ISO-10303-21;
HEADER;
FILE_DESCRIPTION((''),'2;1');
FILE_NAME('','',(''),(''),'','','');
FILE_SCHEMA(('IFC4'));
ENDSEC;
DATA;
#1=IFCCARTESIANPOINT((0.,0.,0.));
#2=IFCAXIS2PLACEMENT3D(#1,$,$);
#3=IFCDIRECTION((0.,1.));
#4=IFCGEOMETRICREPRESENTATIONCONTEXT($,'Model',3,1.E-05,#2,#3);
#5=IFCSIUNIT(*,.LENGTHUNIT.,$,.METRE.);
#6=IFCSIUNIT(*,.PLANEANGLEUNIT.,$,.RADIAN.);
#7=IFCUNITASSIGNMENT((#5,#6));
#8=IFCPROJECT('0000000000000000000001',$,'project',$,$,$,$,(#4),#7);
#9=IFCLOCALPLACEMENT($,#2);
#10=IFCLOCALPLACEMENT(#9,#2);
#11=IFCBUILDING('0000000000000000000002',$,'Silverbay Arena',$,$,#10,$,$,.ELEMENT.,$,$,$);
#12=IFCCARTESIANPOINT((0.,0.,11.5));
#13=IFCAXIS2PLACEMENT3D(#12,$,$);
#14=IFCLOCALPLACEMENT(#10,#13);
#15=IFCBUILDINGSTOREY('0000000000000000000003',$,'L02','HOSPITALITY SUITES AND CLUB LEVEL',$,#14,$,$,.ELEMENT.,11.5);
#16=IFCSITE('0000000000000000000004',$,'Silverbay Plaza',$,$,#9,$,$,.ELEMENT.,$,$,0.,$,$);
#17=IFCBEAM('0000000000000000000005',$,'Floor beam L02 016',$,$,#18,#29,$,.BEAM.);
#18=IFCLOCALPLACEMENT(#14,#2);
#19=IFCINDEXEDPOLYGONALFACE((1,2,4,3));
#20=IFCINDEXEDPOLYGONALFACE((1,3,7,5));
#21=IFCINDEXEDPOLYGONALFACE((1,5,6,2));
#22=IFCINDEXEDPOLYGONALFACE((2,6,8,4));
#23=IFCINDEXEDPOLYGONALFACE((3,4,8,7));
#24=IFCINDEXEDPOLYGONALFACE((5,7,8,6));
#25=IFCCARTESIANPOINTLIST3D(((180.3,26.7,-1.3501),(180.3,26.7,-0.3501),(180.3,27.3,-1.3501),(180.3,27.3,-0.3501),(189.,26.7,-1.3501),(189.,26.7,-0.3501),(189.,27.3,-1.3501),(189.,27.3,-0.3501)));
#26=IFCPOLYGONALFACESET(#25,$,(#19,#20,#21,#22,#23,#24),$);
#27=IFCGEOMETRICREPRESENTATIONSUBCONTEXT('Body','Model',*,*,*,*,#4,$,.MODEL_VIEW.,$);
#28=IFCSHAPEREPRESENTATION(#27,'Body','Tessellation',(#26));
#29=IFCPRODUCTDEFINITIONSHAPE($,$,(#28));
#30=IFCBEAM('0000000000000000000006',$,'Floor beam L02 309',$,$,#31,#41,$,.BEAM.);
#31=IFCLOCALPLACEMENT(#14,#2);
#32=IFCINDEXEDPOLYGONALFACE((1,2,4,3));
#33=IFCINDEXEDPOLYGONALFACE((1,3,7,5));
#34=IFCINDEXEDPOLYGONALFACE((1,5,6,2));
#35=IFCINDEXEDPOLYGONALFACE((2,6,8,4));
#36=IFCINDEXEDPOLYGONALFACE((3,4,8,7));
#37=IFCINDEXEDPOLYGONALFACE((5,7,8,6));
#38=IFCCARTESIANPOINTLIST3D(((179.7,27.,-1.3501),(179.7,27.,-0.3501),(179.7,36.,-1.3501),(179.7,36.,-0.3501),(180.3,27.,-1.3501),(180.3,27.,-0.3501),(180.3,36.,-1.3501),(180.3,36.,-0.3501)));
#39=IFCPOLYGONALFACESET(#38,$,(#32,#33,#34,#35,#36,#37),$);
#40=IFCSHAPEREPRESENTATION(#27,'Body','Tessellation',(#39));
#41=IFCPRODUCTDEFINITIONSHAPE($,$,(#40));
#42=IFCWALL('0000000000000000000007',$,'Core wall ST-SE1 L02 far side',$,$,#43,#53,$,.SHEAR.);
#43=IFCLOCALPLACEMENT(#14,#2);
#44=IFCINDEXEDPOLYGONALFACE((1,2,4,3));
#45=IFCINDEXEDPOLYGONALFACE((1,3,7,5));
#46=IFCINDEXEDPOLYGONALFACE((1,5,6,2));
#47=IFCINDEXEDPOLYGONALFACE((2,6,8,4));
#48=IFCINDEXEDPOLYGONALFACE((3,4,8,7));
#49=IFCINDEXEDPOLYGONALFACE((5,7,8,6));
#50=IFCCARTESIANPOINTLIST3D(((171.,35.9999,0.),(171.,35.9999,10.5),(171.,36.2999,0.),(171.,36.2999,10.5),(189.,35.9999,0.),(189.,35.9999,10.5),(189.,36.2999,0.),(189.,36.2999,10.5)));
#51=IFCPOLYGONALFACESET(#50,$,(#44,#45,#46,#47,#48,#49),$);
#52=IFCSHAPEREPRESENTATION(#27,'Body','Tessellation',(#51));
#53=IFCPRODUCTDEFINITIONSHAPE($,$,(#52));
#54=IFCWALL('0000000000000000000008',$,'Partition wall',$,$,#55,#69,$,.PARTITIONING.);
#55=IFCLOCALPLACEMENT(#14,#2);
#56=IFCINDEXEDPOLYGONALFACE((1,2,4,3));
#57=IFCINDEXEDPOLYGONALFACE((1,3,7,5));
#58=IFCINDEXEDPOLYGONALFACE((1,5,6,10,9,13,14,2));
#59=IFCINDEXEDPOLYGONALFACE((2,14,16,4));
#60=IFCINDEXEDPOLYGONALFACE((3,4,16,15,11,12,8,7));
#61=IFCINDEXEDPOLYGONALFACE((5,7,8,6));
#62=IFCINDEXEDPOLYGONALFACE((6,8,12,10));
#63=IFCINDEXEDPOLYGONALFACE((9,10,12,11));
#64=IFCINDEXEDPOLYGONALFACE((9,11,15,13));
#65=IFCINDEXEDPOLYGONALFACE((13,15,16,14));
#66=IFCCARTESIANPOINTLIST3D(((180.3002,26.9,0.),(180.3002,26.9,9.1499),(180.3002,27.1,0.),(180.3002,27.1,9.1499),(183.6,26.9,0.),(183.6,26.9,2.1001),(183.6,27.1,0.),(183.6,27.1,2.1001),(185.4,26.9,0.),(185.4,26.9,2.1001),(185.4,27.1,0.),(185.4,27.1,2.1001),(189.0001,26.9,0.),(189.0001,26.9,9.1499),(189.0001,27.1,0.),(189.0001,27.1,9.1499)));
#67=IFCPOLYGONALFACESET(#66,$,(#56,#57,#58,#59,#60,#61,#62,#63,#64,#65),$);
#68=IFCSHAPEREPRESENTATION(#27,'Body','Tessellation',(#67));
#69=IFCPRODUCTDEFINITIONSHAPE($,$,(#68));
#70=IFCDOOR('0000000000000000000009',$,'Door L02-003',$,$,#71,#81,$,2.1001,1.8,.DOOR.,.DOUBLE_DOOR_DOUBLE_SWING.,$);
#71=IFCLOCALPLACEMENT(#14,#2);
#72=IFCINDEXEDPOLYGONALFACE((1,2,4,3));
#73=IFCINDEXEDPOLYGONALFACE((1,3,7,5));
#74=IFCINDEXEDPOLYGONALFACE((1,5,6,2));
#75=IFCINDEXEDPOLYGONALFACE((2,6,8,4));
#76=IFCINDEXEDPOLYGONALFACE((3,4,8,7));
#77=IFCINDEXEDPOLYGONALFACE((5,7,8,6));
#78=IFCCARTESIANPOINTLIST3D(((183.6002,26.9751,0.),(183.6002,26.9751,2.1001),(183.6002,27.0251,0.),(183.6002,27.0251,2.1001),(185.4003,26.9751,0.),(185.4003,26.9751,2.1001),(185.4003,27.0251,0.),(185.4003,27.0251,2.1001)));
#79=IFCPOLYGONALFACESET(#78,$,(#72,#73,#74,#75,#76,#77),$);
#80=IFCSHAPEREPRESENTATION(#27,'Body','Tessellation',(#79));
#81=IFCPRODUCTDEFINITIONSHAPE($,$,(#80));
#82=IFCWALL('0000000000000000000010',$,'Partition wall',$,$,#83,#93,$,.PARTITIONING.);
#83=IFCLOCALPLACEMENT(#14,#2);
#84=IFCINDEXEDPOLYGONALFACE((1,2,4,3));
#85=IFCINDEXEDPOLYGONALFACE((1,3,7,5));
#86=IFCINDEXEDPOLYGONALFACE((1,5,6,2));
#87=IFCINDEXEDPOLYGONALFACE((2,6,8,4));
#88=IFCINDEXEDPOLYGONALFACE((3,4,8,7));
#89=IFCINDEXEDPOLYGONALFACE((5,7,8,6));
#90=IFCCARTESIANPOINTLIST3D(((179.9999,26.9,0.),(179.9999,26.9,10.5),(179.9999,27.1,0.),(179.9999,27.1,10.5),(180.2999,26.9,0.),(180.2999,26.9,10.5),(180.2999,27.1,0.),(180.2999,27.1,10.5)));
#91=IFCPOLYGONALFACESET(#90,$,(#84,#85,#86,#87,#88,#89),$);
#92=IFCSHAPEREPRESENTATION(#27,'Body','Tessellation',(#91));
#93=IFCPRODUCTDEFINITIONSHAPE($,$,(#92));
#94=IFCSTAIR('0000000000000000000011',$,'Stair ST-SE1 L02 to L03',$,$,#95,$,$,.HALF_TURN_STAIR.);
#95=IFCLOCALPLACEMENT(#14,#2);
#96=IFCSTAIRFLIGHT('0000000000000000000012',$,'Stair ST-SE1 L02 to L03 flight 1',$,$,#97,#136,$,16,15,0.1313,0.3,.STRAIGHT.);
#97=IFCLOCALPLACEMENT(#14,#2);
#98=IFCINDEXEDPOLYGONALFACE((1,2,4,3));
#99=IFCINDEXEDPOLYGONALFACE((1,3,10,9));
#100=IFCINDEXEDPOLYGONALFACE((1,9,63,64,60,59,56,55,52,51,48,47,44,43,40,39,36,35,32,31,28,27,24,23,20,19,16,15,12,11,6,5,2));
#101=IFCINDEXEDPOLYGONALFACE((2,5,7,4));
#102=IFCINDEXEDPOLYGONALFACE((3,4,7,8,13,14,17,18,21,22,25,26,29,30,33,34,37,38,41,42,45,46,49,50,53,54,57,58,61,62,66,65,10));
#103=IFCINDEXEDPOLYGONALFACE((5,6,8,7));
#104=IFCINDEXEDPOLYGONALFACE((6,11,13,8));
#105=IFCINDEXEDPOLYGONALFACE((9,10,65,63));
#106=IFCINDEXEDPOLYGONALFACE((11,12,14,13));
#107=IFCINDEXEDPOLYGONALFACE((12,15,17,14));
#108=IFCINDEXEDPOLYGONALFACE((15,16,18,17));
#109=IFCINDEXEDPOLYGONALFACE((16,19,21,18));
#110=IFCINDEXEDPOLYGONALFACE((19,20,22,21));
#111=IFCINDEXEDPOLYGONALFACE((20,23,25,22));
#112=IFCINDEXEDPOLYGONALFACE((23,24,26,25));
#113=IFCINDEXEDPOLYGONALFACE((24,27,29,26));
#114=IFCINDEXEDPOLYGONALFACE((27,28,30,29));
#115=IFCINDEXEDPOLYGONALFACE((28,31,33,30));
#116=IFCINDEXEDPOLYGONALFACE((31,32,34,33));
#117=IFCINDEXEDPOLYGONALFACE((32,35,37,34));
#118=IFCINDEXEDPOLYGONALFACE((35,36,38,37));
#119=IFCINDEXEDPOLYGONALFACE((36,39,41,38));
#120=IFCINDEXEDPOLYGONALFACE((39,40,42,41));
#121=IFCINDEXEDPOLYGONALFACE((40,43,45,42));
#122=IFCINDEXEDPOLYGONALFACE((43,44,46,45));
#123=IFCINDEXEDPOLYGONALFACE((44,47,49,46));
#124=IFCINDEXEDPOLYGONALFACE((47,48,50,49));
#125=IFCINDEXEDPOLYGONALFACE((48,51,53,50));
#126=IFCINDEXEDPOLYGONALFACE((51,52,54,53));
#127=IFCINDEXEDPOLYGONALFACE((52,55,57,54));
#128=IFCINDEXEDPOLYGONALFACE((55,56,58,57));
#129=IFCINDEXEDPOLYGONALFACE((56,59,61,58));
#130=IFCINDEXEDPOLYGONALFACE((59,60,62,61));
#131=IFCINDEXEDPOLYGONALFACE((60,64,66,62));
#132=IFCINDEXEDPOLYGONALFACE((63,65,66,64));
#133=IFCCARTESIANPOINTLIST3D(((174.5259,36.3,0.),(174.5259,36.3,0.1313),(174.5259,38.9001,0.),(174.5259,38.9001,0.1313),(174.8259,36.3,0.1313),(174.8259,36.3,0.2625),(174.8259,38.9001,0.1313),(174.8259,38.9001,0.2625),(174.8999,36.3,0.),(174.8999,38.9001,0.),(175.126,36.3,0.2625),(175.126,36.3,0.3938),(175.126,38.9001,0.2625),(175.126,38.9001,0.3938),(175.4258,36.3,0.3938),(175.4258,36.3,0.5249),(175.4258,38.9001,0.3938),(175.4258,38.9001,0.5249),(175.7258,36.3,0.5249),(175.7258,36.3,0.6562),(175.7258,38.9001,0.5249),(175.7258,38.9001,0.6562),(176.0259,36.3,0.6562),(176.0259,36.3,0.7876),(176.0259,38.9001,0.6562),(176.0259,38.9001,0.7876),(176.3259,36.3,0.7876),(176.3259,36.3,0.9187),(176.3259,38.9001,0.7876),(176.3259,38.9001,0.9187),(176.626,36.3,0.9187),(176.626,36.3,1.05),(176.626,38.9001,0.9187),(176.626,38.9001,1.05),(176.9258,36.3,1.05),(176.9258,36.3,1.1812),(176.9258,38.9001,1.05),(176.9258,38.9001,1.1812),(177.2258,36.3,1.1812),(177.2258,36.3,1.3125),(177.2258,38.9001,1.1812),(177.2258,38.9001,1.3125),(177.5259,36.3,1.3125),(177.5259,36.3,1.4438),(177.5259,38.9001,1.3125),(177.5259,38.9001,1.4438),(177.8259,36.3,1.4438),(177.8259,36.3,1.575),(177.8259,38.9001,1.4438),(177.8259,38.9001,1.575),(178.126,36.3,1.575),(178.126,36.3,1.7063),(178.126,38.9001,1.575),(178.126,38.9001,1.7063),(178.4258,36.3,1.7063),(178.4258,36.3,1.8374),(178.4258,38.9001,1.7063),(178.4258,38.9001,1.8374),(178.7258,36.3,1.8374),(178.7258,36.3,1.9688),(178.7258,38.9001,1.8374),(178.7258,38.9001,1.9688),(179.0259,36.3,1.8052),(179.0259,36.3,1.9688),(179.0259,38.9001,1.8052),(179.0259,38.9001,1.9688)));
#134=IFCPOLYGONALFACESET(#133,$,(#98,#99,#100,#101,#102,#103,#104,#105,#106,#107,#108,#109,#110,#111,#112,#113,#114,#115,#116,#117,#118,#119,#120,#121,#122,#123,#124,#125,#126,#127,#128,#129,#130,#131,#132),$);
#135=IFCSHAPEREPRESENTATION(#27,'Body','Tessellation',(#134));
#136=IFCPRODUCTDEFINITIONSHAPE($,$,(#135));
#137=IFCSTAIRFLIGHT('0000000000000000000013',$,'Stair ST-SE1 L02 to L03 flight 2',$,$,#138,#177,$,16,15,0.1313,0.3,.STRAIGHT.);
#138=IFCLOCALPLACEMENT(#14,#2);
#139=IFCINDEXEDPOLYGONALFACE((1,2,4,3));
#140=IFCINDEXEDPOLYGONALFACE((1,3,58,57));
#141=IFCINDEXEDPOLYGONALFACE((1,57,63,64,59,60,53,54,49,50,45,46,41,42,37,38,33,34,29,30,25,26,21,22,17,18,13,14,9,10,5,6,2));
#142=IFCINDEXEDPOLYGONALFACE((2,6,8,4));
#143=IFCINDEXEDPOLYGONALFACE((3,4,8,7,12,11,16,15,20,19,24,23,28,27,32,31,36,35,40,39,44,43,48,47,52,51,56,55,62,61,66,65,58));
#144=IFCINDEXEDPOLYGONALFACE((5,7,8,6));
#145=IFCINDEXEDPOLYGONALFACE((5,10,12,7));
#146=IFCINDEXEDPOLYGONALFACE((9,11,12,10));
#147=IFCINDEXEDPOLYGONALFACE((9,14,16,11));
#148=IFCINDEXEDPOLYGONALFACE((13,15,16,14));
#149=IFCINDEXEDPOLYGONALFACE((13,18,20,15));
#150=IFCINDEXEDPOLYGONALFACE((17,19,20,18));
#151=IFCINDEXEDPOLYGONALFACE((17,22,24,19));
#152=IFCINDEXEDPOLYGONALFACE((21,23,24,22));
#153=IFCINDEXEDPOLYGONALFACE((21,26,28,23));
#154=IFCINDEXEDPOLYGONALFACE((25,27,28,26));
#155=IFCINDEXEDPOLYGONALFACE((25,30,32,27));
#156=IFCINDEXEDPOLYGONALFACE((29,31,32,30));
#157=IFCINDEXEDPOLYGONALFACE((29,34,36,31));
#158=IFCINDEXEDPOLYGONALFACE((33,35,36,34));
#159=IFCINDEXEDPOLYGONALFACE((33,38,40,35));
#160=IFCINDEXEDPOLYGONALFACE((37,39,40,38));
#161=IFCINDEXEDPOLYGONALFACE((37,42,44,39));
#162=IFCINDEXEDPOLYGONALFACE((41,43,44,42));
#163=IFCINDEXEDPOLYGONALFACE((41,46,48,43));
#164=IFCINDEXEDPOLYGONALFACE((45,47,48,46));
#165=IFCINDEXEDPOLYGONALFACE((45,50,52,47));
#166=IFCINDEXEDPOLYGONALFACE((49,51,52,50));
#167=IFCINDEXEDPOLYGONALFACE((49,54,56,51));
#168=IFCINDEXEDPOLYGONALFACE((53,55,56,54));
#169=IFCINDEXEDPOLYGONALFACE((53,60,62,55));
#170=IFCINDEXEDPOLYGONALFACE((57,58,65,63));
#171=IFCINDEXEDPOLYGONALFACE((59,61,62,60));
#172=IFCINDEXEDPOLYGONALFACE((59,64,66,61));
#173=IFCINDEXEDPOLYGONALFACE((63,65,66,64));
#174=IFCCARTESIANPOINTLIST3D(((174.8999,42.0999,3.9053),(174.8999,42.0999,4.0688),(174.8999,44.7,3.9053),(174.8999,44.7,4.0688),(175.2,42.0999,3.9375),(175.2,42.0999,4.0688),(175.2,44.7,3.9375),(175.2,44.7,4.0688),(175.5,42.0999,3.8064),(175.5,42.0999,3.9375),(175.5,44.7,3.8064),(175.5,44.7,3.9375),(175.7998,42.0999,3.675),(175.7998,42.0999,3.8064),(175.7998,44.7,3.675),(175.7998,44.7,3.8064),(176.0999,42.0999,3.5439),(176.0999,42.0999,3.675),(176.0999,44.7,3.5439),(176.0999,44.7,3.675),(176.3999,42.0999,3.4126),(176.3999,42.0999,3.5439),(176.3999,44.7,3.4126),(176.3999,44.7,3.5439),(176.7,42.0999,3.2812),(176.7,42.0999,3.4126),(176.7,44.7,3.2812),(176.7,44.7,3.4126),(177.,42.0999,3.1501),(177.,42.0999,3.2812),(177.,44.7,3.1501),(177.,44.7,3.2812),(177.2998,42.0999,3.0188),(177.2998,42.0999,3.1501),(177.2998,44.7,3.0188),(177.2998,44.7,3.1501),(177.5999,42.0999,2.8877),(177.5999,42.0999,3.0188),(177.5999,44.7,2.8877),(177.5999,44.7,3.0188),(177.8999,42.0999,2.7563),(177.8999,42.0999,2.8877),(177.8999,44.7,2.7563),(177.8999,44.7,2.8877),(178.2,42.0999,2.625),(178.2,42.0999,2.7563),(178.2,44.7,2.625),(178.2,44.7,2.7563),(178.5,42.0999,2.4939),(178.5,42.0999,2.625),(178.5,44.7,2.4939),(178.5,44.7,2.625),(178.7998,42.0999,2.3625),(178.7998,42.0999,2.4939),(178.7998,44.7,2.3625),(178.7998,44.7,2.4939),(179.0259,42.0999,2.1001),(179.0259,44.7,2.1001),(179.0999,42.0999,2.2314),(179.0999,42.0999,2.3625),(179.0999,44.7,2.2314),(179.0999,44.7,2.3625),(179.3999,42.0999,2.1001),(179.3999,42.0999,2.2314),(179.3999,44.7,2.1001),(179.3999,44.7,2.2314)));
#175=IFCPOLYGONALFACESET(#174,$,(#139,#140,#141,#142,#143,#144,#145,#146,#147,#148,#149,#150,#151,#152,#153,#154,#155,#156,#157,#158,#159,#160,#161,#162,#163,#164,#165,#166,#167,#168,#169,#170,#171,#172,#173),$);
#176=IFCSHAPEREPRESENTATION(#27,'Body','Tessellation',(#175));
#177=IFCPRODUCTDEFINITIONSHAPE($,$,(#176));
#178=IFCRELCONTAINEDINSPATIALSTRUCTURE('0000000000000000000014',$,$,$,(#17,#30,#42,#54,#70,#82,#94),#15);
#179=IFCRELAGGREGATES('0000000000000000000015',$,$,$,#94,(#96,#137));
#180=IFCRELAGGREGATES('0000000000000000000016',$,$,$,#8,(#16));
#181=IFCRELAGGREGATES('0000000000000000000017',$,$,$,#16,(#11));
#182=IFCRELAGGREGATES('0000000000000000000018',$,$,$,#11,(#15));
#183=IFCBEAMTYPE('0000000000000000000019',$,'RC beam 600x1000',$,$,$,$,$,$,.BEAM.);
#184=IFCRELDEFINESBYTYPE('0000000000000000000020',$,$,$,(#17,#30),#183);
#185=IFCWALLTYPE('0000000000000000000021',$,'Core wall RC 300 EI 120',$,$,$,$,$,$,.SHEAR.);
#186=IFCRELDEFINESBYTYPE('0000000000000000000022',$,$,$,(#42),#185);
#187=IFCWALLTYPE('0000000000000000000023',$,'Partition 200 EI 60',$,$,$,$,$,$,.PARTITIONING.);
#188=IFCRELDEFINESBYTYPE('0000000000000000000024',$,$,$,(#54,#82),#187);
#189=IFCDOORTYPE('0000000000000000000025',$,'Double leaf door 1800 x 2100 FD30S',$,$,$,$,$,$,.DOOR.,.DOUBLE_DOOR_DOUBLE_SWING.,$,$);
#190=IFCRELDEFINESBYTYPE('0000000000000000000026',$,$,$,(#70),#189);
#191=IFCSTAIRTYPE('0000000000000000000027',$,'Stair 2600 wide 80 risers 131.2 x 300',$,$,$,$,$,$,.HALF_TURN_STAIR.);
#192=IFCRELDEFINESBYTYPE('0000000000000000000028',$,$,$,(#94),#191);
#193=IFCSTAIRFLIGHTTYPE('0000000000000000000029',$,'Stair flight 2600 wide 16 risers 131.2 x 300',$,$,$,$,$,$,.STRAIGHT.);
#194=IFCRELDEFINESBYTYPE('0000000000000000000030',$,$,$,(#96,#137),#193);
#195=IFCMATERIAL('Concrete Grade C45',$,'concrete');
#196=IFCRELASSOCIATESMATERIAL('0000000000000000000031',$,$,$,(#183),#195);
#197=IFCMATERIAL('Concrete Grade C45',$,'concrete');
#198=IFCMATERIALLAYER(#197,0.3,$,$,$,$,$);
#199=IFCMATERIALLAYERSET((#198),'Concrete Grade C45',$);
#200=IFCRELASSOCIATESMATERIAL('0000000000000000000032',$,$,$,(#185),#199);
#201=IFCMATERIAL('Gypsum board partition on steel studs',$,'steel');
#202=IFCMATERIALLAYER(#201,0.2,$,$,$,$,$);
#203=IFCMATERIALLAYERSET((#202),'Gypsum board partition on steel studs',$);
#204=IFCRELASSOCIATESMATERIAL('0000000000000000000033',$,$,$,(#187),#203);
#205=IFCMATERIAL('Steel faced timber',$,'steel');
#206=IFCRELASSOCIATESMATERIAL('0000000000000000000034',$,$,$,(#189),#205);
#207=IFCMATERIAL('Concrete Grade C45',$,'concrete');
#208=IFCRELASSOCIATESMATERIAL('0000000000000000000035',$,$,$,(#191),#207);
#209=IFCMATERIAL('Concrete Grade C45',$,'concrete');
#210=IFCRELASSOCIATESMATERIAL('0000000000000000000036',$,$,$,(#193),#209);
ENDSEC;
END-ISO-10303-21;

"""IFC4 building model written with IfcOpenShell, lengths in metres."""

from ifc_helpers import new_model, si_unit, direction, frame, frame_2d, origin, origin_2d, place, context, subcontext, project, spatial, polyline, rectangle, outline, extrude, material, layer, layer_set, material_profile, profile_set, type_object, element, fill, aggregate, save


model = new_model("IFC4")

# Units and contexts
model_context = context("Model", 3, precision=1e-05, world=origin(), true_north=direction((0.0, 1.0)))
body_context = subcontext(model_context, "Body", "Model", "MODEL_VIEW")
ifc_project = project(units=[si_unit("LENGTHUNIT", "METRE"), si_unit("PLANEANGLEUNIT", "RADIAN")], contexts=[model_context])

# Site, building, storey
site_placement = place(None, origin())
site = spatial("IfcSite", under=ifc_project, at=site_placement, Name="Silverbay Plaza", CompositionType="ELEMENT", RefElevation=0.0)
building_placement = place(site_placement, origin())
building = spatial("IfcBuilding", under=site, at=building_placement, Name="Silverbay Arena", CompositionType="ELEMENT")
storey_placement = place(building_placement, frame((0.0, 0.0, 11.5)))
storey = spatial("IfcBuildingStorey", under=building, at=storey_placement, Name="L02", Description="HOSPITALITY SUITES AND CLUB LEVEL", CompositionType="ELEMENT", Elevation=11.5)

# Beams
ifc_material_1 = material(Name="Concrete Grade C45", Category="concrete")
ifc_material_profile = material_profile(ifc_material_1, rectangle(XDim=0.6001, YDim=1.0, at=origin_2d()), Name="RC 600x1000")
ifc_profile_set = profile_set([ifc_material_profile], Name="Concrete Grade C45")
beam_type = type_object("IfcBeamType", Name="RC beam 600x1000", PredefinedType="BEAM", material=ifc_profile_set)
beam_1_placement = place(storey_placement, frame((180.3, 27.0, -0.8501), z_axis=(1.0, 0.0, 0.0), x_axis=(0.0, 1.0, 0.0)))
element("IfcBeam", 1, at=beam_1_placement, inside=storey, type_object=beam_type, Name="Floor beam L02 016", PredefinedType="BEAM", context=body_context, shape_type="SweptSolid", body=[
    extrude(rectangle(XDim=0.6001, YDim=1.0, at=origin_2d()), origin(), (0.0, 0.0, 1.0), 8.7),
])
beam_2_placement = place(storey_placement, frame((180.0, 27.0, -0.8501), z_axis=(0.0, 1.0, 0.0), x_axis=(-1.0, 0.0, 0.0)))
element("IfcBeam", 2, at=beam_2_placement, inside=storey, type_object=beam_type, Name="Floor beam L02 309", PredefinedType="BEAM", context=body_context, shape_type="SweptSolid", body=[
    extrude(rectangle(XDim=0.6001, YDim=1.0, at=origin_2d()), origin(), (0.0, 0.0, 1.0), 9.0),
])

# Wall
ifc_material_2 = material(Name="Concrete Grade C45", Category="concrete")
ifc_layer_1 = layer(ifc_material_2, 0.3)
ifc_layer_set_1 = layer_set([ifc_layer_1], Name="Concrete Grade C45")
wall_type_1 = type_object("IfcWallType", Name="Core wall RC 300 EI 120", PredefinedType="SHEAR", material=ifc_layer_set_1)
wall_1_placement = place(storey_placement, frame((171.0, 36.1499, 0.0), z_axis=(0.0, 0.0, 1.0), x_axis=(1.0, 0.0, 0.0)))
element("IfcWall", 3, at=wall_1_placement, inside=storey, type_object=wall_type_1, Name="Core wall ST-SE1 L02 far side", PredefinedType="SHEAR", context=body_context, shape_type="SweptSolid", body=[
    extrude(rectangle(XDim=18.0, YDim=0.3, at=frame_2d((9.0, 0.0))), origin(), (0.0, 0.0, 1.0), 10.5),
])

# Wall, opening, door
ifc_material_3 = material(Name="Gypsum board partition on steel studs", Category="steel")
ifc_layer_2 = layer(ifc_material_3, 0.2)
ifc_layer_set_2 = layer_set([ifc_layer_2], Name="Gypsum board partition on steel studs")
wall_type_2 = type_object("IfcWallType", Name="Partition 200 EI 60", PredefinedType="PARTITIONING", material=ifc_layer_set_2)
wall_2_placement = place(storey_placement, frame((180.3, 27.0, 0.0), z_axis=(0.0, 0.0, 1.0), x_axis=(1.0, 0.0, 0.0)))
wall_2 = element("IfcWall", 4, at=wall_2_placement, inside=storey, type_object=wall_type_2, Name="Partition wall", PredefinedType="PARTITIONING", context=body_context, shape_type="SweptSolid", body=[
    extrude(rectangle(XDim=8.7, YDim=0.2, at=frame_2d((4.3501, 0.0))), origin(), (0.0, 0.0, 1.0), 9.1499),
])
opening_placement = place(wall_2_placement, frame((3.3, 0.0, 0.0)))
opening = element("IfcOpeningElement", 5, at=opening_placement, cuts=wall_2, PredefinedType="OPENING", context=body_context, shape_type="SweptSolid", body=[
    extrude(rectangle(XDim=1.8, YDim=2.1001, at=frame_2d((0.8999, 1.05))), frame((0.0, 0.1099, 0.0), z_axis=(0.0, -1.0, 0.0), x_axis=(1.0, 0.0, 0.0)), (0.0, 0.0, 1.0), 0.22),
])
ifc_material_4 = material(Name="Steel faced timber", Category="steel")
door_type = type_object("IfcDoorType", Name="Double leaf door 1800 x 2100 FD30S", OperationType="DOUBLE_DOOR_DOUBLE_SWING", PredefinedType="DOOR", material=ifc_material_4)
door_placement = place(opening_placement, frame((1.8, 0.0, 0.0), z_axis=(0.0, 0.0, 1.0), x_axis=(-1.0, 0.0, 0.0)))
door = element("IfcDoor", 6, at=door_placement, inside=storey, type_object=door_type, Name="Door L02-003", OperationType="DOUBLE_DOOR_DOUBLE_SWING", OverallHeight=2.1001, OverallWidth=1.8, PredefinedType="DOOR", context=body_context, shape_type="SweptSolid", body=[
    extrude(rectangle(XDim=1.8, YDim=2.1001, at=frame_2d((0.8999, 1.05))), frame((0.0, 0.0249, 0.0), z_axis=(0.0, -1.0, 0.0), x_axis=(1.0, 0.0, 0.0)), (0.0, 0.0, 1.0), 0.05),
])
fill(opening, door)

# Wall
wall_3_placement = place(storey_placement, frame((180.0, 27.0, 0.0), z_axis=(0.0, 0.0, 1.0), x_axis=(1.0, 0.0, 0.0)))
element("IfcWall", 7, at=wall_3_placement, inside=storey, type_object=wall_type_2, Name="Partition wall", PredefinedType="PARTITIONING", context=body_context, shape_type="SweptSolid", body=[
    extrude(rectangle(XDim=0.3, YDim=0.2, at=frame_2d((0.1499, 0.0))), origin(), (0.0, 0.0, 1.0), 10.5),
])

# Stair, stair flights
ifc_material_5 = material(Name="Concrete Grade C45", Category="concrete")
stair_type = type_object("IfcStairType", Name="Stair 2600 wide 80 risers 131.2 x 300", PredefinedType="HALF_TURN_STAIR", material=ifc_material_5)
stair_placement = place(storey_placement, origin())
stair = element("IfcStair", 8, at=stair_placement, inside=storey, type_object=stair_type, Name="Stair ST-SE1 L02 to L03", PredefinedType="HALF_TURN_STAIR")
ifc_material_6 = material(Name="Concrete Grade C45", Category="concrete")
stair_flight_type = type_object("IfcStairFlightType", Name="Stair flight 2600 wide 16 risers 131.2 x 300", PredefinedType="STRAIGHT", material=ifc_material_6)
stair_flight_1_placement = place(storey_placement, frame((174.5259, 37.6001, 0.0), z_axis=(0.0, 0.0, 1.0), x_axis=(1.0, 0.0, 0.0)))
stair_flight_1 = element("IfcStairFlight", 9, at=stair_flight_1_placement, type_object=stair_flight_type, Name="Stair ST-SE1 L02 to L03 flight 1", NumberOfRisers=16, NumberOfTreads=15, PredefinedType="STRAIGHT", RiserHeight=0.1313, TreadLength=0.3, context=body_context, shape_type="SweptSolid", body=[
    extrude(outline(polyline([(0.0, 0.0), (0.0, 0.1313), (0.3, 0.1313), (0.3, 0.2625), (0.6001, 0.2625), (0.6001, 0.3938), (0.8999, 0.3938), (0.8999, 0.5249), (1.2, 0.5249), (1.2, 0.6562), (1.5, 0.6562), (1.5, 0.7876), (1.8, 0.7876), (1.8, 0.9187), (2.1001, 0.9187), (2.1001, 1.05), (2.3999, 1.05), (2.3999, 1.1812), (2.7, 1.1812), (2.7, 1.3125), (3.0, 1.3125), (3.0, 1.4438), (3.3, 1.4438), (3.3, 1.575), (3.6001, 1.575), (3.6001, 1.7063), (3.8999, 1.7063), (3.8999, 1.8374), (4.2, 1.8374), (4.2, 1.9688), (4.5, 1.9688), (4.5, 1.8052), (0.374, 0.0), (0.0, 0.0)])), frame((0.0, 1.3, 0.0), z_axis=(0.0, -1.0, 0.0), x_axis=(1.0, 0.0, 0.0)), (0.0, 0.0, 1.0), 2.6001),
])
stair_flight_2_placement = place(storey_placement, frame((179.3999, 43.3999, 2.1001), z_axis=(0.0, 0.0, 1.0), x_axis=(-1.0, 0.0, 0.0)))
stair_flight_2 = element("IfcStairFlight", 10, at=stair_flight_2_placement, type_object=stair_flight_type, Name="Stair ST-SE1 L02 to L03 flight 2", NumberOfRisers=16, NumberOfTreads=15, PredefinedType="STRAIGHT", RiserHeight=0.1313, TreadLength=0.3, context=body_context, shape_type="SweptSolid", body=[
    extrude(outline(polyline([(0.0, 0.0), (0.0, 0.1313), (0.3, 0.1313), (0.3, 0.2625), (0.6001, 0.2625), (0.6001, 0.3938), (0.8999, 0.3938), (0.8999, 0.5249), (1.2, 0.5249), (1.2, 0.6562), (1.5, 0.6562), (1.5, 0.7876), (1.8, 0.7876), (1.8, 0.9187), (2.1001, 0.9187), (2.1001, 1.05), (2.3999, 1.05), (2.3999, 1.1812), (2.7, 1.1812), (2.7, 1.3125), (3.0, 1.3125), (3.0, 1.4438), (3.3, 1.4438), (3.3, 1.575), (3.6001, 1.575), (3.6001, 1.7063), (3.8999, 1.7063), (3.8999, 1.8374), (4.2, 1.8374), (4.2, 1.9688), (4.5, 1.9688), (4.5, 1.8052), (0.374, 0.0), (0.0, 0.0)])), frame((0.0, 1.3, 0.0), z_axis=(0.0, -1.0, 0.0), x_axis=(1.0, 0.0, 0.0)), (0.0, 0.0, 1.0), 2.6001),
])
aggregate(stair, [stair_flight_1, stair_flight_2])

save(model, "model.ifc")
